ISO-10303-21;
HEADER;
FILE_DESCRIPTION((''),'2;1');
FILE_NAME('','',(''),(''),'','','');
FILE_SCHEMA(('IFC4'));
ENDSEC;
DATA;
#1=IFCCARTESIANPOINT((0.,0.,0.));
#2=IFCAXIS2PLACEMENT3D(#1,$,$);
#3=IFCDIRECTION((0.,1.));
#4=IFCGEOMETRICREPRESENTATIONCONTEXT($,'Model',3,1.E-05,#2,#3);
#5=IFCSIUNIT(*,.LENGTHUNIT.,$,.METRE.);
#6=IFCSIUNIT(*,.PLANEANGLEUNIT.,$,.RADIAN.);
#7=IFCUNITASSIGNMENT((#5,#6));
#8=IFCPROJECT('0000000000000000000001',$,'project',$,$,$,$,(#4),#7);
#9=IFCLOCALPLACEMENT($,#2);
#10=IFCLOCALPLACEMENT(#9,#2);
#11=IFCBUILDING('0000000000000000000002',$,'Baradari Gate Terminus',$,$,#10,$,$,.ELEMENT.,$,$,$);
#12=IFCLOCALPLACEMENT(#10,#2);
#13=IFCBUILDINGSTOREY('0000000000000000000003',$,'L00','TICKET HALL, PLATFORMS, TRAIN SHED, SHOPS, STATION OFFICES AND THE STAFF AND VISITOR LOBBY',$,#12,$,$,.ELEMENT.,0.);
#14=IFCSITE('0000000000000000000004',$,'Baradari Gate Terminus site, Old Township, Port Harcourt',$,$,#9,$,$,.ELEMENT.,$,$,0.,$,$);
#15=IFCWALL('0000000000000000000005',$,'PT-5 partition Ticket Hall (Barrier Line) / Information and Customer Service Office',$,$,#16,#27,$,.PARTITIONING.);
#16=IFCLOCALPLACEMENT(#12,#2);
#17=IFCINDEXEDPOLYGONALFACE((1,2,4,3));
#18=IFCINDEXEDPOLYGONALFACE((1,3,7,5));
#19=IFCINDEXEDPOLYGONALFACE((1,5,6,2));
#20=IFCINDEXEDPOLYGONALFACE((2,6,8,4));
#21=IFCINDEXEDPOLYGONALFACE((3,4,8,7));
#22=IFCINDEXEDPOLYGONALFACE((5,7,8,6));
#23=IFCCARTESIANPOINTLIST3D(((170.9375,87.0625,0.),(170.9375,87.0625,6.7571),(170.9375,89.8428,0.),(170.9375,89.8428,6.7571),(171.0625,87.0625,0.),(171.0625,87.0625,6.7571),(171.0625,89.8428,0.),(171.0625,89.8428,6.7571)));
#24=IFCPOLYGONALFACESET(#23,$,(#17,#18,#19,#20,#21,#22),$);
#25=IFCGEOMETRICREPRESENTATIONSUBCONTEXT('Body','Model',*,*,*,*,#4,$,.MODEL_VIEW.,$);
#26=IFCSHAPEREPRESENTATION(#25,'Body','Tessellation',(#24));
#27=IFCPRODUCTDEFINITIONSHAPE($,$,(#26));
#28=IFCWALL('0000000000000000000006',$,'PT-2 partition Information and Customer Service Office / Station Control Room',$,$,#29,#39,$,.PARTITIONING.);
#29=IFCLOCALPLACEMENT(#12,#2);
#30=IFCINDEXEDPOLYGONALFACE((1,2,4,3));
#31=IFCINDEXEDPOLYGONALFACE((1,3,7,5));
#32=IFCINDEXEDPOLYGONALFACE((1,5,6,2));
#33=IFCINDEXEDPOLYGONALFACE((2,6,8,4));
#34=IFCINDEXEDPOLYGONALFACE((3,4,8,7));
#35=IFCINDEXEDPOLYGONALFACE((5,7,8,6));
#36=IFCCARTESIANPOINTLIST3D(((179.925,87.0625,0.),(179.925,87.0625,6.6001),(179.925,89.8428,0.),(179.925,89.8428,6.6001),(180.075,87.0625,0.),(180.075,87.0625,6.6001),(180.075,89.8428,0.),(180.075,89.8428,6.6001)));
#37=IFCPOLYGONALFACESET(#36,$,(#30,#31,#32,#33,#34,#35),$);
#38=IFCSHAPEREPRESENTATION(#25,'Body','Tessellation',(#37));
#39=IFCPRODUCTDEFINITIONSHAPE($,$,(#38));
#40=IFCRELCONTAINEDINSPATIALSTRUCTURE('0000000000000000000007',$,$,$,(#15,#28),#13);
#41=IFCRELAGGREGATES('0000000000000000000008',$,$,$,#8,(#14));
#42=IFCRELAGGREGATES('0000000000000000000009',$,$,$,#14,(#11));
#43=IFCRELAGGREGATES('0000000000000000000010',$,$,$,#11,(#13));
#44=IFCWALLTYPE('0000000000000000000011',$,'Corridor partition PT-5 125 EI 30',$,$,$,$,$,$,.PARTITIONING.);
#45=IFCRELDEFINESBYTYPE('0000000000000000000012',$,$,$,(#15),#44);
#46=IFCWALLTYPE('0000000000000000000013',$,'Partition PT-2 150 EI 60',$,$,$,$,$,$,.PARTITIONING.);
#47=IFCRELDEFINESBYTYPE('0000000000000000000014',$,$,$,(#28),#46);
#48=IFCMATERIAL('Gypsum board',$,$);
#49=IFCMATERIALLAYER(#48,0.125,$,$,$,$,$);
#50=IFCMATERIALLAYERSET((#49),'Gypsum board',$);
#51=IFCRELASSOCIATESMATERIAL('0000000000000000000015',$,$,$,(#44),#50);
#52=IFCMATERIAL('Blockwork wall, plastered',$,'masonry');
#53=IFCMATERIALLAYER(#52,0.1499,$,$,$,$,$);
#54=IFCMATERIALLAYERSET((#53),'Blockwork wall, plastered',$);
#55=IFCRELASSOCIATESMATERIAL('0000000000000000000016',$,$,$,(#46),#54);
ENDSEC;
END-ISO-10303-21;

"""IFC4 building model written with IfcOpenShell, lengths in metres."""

from ifc_helpers import new_model, si_unit, direction, frame, frame_2d, origin, place, context, subcontext, project, spatial, rectangle, extrude, material, layer, layer_set, type_object, element, save


model = new_model("IFC4")

# Units and contexts
model_context = context("Model", 3, precision=1e-05, world=origin(), true_north=direction((0.0, 1.0)))
body_context = subcontext(model_context, "Body", "Model", "MODEL_VIEW")
ifc_project = project(units=[si_unit("LENGTHUNIT", "METRE"), si_unit("PLANEANGLEUNIT", "RADIAN")], contexts=[model_context])

# Site, building, storey
site_placement = place(None, origin())
site = spatial("IfcSite", under=ifc_project, at=site_placement, Name="Baradari Gate Terminus site, Old Township, Port Harcourt", CompositionType="ELEMENT", RefElevation=0.0)
building_placement = place(site_placement, origin())
building = spatial("IfcBuilding", under=site, at=building_placement, Name="Baradari Gate Terminus", CompositionType="ELEMENT")
storey_placement = place(building_placement, origin())
storey = spatial("IfcBuildingStorey", under=building, at=storey_placement, Name="L00", Description="TICKET HALL, PLATFORMS, TRAIN SHED, SHOPS, STATION OFFICES AND THE STAFF AND VISITOR LOBBY", CompositionType="ELEMENT", Elevation=0.0)

# Shared definitions
ifc_material_1 = material(Name="Gypsum board")
ifc_layer_1 = layer(ifc_material_1, 0.125)
ifc_layer_set_1 = layer_set([ifc_layer_1], Name="Gypsum board")
wall_type_1 = type_object("IfcWallType", Name="Corridor partition PT-5 125 EI 30", PredefinedType="PARTITIONING", material=ifc_layer_set_1)

# Walls
wall_1_placement = place(storey_placement, frame((171.0, 89.8428, 0.0), z_axis=(0.0, 0.0, 1.0), x_axis=(0.0, -1.0, 0.0)))
element("IfcWall", 1, at=wall_1_placement, inside=storey, type_object=wall_type_1, Name="PT-5 partition Ticket Hall (Barrier Line) / Information and Customer Service Office", PredefinedType="PARTITIONING", context=body_context, shape_type="SweptSolid", body=[
    extrude(rectangle(XDim=2.7803, YDim=0.125, at=frame_2d((1.3901, 0.0))), origin(), (0.0, 0.0, 1.0), 6.7571),
])
ifc_material_2 = material(Name="Blockwork wall, plastered", Category="masonry")
ifc_layer_2 = layer(ifc_material_2, 0.1499)
ifc_layer_set_2 = layer_set([ifc_layer_2], Name="Blockwork wall, plastered")
wall_type_2 = type_object("IfcWallType", Name="Partition PT-2 150 EI 60", PredefinedType="PARTITIONING", material=ifc_layer_set_2)
wall_2_placement = place(storey_placement, frame((180.0, 89.8428, 0.0), z_axis=(0.0, 0.0, 1.0), x_axis=(0.0, -1.0, 0.0)))
element("IfcWall", 2, at=wall_2_placement, inside=storey, type_object=wall_type_2, Name="PT-2 partition Information and Customer Service Office / Station Control Room", PredefinedType="PARTITIONING", context=body_context, shape_type="SweptSolid", body=[
    extrude(rectangle(XDim=2.7803, YDim=0.1499, at=frame_2d((1.3901, 0.0))), origin(), (0.0, 0.0, 1.0), 6.6001),
])

save(model, "model.ifc")
